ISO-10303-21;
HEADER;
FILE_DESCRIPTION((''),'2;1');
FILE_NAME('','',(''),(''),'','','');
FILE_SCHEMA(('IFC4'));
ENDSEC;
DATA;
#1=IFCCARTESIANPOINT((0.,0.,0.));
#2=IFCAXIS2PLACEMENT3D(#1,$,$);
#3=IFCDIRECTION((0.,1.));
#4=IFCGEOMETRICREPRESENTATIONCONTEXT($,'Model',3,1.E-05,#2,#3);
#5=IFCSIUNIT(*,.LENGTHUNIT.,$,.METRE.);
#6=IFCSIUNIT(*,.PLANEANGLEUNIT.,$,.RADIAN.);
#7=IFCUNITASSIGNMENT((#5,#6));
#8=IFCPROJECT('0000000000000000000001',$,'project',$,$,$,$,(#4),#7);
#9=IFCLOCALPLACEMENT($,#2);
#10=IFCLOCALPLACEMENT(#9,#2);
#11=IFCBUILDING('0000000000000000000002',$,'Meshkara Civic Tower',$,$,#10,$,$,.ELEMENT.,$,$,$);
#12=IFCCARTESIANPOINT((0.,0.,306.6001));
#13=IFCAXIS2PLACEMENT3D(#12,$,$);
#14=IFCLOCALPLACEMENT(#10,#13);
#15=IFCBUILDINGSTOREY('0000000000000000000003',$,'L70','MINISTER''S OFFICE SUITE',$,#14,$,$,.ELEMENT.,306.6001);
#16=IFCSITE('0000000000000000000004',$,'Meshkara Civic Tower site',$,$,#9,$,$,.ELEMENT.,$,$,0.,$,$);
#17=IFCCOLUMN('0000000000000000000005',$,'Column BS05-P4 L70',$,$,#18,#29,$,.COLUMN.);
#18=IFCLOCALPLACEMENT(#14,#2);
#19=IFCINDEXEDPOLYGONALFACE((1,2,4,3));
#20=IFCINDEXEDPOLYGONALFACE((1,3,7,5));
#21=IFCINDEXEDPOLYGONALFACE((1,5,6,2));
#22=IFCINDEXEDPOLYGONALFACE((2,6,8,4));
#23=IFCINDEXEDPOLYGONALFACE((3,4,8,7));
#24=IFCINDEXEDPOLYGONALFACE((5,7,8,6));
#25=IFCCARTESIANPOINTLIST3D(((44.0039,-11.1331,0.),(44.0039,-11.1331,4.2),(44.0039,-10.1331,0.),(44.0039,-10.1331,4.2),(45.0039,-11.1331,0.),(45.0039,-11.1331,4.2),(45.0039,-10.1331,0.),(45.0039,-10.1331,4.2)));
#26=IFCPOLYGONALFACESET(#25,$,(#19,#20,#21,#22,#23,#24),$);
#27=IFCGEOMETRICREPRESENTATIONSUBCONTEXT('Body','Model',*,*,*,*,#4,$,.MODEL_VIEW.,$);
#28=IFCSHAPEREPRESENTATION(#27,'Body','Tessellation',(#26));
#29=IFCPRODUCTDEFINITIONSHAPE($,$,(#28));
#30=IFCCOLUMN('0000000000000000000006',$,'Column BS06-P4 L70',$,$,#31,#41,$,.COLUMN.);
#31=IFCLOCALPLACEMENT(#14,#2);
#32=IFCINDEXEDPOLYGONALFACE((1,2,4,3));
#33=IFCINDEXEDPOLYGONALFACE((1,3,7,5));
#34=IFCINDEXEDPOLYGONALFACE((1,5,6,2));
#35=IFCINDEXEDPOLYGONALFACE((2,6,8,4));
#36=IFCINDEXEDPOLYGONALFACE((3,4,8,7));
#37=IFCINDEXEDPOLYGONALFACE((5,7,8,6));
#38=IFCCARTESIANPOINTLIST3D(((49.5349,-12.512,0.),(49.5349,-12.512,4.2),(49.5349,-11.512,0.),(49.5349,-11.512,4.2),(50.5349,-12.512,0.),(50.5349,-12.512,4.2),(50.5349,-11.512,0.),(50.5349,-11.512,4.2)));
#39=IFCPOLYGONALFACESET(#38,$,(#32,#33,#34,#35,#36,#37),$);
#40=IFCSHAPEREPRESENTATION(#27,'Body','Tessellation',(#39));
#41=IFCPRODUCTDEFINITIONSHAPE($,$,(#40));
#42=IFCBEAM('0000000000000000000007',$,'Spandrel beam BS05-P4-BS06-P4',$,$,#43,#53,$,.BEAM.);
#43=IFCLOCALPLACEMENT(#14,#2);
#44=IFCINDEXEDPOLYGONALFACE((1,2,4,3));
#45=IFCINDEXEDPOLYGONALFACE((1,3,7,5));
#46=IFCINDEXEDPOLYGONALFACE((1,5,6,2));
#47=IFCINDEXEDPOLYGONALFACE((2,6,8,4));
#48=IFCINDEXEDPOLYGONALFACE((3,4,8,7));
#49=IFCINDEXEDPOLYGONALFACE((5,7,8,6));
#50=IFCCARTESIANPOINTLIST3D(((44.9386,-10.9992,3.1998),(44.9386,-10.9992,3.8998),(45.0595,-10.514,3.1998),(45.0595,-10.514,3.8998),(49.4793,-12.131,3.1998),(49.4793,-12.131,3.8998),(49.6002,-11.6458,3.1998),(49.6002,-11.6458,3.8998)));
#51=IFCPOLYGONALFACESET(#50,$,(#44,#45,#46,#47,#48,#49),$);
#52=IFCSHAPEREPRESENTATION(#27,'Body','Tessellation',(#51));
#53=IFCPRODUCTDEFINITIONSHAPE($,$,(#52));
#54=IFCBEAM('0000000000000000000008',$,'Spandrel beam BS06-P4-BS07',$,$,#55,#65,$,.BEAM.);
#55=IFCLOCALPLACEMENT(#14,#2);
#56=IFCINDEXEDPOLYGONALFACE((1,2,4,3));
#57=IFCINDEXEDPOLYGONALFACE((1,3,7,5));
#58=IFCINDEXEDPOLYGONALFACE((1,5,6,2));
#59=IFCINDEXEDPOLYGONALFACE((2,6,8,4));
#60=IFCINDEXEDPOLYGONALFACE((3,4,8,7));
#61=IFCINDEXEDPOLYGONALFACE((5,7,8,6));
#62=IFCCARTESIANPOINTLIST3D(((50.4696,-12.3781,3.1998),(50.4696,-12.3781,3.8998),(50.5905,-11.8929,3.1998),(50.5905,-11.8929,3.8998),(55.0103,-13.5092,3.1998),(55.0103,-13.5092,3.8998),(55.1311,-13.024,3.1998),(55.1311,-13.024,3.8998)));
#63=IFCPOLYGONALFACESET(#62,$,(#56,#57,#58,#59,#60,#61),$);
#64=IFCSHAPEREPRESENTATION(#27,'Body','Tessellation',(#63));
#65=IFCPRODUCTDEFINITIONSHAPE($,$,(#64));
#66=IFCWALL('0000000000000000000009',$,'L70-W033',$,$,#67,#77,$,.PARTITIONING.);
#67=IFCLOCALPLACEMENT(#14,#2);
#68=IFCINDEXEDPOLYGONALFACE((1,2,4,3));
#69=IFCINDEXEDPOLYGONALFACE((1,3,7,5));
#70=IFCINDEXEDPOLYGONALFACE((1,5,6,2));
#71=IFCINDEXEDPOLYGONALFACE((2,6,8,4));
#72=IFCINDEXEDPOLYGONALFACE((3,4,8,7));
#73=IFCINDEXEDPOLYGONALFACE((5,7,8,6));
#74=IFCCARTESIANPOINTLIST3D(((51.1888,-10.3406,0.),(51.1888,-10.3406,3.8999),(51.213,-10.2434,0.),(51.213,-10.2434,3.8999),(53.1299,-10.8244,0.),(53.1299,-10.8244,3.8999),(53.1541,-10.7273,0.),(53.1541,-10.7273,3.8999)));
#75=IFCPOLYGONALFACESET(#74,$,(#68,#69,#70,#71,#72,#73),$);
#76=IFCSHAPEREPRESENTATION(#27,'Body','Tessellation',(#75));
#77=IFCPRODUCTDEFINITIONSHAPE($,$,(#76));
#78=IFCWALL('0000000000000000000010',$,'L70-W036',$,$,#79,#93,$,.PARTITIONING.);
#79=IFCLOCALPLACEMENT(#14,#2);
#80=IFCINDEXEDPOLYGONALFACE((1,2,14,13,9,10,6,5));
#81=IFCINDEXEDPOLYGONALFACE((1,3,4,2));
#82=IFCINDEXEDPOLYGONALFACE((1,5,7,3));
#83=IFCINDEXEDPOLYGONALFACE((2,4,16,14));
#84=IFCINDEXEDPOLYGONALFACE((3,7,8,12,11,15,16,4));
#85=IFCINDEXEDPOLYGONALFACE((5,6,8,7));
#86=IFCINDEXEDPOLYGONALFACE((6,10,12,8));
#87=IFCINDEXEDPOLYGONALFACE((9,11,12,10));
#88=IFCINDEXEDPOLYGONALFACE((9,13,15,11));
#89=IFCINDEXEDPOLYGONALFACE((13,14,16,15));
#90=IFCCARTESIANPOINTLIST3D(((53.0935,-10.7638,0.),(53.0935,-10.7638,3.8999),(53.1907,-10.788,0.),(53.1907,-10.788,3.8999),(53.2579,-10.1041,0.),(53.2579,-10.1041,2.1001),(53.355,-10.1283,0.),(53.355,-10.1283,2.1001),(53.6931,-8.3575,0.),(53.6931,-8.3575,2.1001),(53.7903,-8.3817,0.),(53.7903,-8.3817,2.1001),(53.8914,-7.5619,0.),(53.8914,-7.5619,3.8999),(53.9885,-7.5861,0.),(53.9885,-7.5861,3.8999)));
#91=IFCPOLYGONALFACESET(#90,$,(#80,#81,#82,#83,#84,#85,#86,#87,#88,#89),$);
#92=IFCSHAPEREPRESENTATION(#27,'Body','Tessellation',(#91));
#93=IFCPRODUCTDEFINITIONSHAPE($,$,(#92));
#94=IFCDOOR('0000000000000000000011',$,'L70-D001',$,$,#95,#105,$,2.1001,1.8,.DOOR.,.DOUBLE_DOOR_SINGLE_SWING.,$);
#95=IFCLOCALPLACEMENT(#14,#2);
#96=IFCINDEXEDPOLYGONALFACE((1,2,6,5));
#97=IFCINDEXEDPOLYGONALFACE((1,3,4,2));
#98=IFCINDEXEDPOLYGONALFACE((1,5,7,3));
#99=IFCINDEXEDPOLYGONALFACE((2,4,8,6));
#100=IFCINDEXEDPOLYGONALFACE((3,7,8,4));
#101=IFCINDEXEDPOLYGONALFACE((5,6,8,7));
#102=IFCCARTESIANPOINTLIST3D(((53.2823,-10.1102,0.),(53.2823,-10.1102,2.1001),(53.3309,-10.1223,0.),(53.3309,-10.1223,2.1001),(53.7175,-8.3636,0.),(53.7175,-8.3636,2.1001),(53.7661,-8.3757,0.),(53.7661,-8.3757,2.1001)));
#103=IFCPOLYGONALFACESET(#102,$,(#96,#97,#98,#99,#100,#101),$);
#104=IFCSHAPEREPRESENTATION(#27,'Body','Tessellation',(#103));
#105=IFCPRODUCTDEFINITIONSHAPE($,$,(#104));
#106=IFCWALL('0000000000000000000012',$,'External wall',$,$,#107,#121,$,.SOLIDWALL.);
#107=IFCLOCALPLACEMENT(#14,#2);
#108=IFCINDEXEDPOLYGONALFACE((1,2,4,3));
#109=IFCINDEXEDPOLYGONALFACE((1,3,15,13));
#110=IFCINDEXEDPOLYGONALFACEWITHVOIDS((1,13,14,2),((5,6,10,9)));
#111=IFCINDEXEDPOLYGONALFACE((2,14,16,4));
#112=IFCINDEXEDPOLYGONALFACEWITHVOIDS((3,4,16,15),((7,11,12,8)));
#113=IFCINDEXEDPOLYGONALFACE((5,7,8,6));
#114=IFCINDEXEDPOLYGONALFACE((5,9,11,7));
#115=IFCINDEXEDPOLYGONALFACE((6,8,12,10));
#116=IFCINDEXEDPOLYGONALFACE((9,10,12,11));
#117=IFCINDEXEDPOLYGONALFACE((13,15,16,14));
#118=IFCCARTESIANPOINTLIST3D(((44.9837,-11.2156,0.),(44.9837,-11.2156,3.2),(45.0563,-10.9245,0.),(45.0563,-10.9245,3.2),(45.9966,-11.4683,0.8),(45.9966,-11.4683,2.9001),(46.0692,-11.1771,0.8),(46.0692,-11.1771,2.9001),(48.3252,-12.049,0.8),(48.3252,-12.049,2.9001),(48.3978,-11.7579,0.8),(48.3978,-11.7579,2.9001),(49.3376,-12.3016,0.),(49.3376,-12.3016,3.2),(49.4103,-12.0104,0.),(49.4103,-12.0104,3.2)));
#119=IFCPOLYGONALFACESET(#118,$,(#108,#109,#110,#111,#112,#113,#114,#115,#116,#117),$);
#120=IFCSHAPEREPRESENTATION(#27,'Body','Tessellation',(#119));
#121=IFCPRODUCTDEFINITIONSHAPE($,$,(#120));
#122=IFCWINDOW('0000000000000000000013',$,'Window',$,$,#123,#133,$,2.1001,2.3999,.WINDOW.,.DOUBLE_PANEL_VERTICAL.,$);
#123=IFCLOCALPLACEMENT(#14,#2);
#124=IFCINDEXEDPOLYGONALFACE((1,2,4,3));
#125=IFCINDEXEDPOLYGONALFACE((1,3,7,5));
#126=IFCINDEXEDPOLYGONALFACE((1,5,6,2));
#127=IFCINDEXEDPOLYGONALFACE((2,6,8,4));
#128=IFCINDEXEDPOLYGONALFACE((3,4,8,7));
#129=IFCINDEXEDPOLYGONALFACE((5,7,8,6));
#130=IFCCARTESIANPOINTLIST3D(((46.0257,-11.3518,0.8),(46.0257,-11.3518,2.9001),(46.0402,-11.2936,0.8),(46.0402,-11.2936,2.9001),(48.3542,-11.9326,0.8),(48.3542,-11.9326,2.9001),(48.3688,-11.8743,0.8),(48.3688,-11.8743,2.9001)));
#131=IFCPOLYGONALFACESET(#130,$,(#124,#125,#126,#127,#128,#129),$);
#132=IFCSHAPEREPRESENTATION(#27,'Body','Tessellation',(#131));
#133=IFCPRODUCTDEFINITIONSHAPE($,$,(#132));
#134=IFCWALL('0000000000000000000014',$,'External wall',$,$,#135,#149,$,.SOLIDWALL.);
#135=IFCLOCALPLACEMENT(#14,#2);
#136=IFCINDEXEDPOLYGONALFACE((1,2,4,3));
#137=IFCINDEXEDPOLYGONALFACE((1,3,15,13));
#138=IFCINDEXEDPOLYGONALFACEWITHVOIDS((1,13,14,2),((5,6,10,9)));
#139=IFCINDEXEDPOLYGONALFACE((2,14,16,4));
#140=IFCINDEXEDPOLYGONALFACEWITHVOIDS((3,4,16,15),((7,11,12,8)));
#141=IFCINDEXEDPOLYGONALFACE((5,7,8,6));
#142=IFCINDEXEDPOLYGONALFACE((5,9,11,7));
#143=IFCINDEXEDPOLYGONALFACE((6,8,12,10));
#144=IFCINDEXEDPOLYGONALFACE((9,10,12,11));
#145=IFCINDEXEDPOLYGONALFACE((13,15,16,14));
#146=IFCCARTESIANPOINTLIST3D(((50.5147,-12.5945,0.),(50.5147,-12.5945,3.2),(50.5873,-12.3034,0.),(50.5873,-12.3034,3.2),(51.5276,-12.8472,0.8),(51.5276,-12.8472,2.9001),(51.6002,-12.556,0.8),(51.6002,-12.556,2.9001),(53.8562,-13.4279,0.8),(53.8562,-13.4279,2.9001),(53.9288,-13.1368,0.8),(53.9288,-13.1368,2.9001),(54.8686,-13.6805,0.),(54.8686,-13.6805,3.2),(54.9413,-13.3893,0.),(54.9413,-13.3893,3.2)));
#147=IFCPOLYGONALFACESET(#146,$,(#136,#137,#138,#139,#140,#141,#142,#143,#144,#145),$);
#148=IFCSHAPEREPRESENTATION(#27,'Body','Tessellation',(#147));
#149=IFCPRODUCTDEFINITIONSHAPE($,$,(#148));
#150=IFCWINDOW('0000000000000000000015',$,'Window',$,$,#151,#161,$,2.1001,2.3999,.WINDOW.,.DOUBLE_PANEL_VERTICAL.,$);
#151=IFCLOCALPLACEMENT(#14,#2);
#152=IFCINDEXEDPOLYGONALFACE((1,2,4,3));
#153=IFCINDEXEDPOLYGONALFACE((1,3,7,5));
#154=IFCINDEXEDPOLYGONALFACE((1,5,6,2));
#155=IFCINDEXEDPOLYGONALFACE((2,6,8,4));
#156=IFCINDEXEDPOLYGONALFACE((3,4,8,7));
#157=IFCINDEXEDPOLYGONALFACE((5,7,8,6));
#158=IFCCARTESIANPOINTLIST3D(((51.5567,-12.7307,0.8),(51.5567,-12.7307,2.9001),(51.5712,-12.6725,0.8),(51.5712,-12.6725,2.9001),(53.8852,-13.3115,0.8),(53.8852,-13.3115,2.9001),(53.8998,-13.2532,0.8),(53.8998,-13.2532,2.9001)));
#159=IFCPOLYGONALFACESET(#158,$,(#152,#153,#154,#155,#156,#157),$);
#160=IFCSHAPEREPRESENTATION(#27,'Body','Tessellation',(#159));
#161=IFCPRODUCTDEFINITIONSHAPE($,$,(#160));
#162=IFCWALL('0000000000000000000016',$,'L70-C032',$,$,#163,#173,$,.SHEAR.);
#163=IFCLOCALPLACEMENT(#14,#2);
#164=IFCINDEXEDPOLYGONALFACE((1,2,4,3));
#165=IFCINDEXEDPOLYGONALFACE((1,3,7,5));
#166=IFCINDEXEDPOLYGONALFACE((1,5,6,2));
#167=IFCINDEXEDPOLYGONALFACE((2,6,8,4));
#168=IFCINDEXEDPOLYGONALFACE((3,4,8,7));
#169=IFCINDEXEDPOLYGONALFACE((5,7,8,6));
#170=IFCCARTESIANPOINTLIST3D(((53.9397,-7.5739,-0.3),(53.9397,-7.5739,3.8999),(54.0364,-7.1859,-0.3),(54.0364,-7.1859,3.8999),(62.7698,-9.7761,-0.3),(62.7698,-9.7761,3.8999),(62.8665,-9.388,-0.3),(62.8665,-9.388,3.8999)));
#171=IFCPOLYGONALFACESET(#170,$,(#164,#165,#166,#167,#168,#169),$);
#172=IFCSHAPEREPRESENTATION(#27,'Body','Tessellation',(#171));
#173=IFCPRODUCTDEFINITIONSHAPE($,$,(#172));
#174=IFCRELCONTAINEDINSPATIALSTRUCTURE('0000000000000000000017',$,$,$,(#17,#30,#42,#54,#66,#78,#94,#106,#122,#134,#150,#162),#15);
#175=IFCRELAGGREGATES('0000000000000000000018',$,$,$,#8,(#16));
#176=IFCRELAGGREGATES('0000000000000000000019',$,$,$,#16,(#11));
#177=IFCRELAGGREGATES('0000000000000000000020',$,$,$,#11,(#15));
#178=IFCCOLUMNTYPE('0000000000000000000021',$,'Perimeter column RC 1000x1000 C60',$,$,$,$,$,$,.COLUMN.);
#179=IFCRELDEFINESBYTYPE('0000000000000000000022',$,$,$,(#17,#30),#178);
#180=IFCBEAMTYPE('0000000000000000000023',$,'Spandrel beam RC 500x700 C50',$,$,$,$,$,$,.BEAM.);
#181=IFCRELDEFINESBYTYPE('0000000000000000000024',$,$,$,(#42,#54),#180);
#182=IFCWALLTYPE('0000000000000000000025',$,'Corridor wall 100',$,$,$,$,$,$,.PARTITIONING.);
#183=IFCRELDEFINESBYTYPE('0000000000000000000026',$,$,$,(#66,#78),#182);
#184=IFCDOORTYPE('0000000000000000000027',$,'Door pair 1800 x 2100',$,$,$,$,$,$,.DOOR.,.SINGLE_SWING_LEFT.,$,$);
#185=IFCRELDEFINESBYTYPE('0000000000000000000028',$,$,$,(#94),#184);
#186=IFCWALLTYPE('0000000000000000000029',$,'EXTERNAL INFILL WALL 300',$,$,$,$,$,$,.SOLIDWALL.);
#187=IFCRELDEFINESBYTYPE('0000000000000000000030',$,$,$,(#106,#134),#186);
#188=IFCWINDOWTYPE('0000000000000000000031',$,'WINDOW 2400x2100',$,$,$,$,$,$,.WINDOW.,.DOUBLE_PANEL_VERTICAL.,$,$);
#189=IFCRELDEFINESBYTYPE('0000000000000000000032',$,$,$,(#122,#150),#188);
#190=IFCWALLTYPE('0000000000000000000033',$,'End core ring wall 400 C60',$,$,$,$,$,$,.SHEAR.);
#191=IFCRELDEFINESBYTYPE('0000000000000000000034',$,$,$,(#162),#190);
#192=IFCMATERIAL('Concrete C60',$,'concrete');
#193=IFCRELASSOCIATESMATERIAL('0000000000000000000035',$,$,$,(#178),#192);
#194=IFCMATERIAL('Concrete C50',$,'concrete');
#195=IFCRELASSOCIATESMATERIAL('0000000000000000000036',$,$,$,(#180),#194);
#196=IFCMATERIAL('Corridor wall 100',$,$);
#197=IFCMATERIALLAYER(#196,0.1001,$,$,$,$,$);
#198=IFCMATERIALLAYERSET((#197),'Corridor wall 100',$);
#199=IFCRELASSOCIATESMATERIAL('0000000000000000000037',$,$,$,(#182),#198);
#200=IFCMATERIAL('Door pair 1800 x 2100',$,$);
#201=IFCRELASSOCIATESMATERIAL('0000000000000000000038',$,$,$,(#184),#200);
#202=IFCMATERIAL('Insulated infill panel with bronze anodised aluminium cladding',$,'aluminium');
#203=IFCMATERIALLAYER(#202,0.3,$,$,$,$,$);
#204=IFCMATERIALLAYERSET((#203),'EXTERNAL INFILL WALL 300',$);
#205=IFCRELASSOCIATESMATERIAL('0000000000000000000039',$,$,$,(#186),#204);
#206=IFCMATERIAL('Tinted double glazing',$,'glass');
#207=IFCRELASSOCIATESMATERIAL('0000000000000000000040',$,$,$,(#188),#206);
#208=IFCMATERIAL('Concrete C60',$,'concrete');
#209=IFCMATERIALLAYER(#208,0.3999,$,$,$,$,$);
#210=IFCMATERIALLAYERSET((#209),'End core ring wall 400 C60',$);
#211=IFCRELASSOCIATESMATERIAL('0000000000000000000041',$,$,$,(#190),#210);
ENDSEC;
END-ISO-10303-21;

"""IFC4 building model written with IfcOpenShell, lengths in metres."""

from ifc_helpers import new_model, si_unit, direction, frame, frame_2d, origin, origin_2d, place, context, subcontext, project, spatial, rectangle, extrude, material, layer, layer_set, material_profile, profile_set, type_object, element, fill, save


model = new_model("IFC4")

# Units and contexts
model_context = context("Model", 3, precision=1e-05, world=origin(), true_north=direction((0.0, 1.0)))
body_context = subcontext(model_context, "Body", "Model", "MODEL_VIEW")
ifc_project = project(units=[si_unit("LENGTHUNIT", "METRE"), si_unit("PLANEANGLEUNIT", "RADIAN")], contexts=[model_context])

# Site, building, storey
site_placement = place(None, origin())
site = spatial("IfcSite", under=ifc_project, at=site_placement, Name="Meshkara Civic Tower site", CompositionType="ELEMENT", RefElevation=0.0)
building_placement = place(site_placement, origin())
building = spatial("IfcBuilding", under=site, at=building_placement, Name="Meshkara Civic Tower", CompositionType="ELEMENT")
storey_placement = place(building_placement, frame((0.0, 0.0, 306.6001)))
storey = spatial("IfcBuildingStorey", under=building, at=storey_placement, Name="L70", Description="MINISTER'S OFFICE SUITE", CompositionType="ELEMENT", Elevation=306.6001)

# Columns
ifc_material_1 = material(Name="Concrete C60", Category="concrete")
ifc_material_profile_1 = material_profile(ifc_material_1, rectangle(XDim=1.0, YDim=1.0, at=origin_2d()))
ifc_profile_set_1 = profile_set([ifc_material_profile_1], Name="Concrete C60")
column_type = type_object("IfcColumnType", Name="Perimeter column RC 1000x1000 C60", PredefinedType="COLUMN", material=ifc_profile_set_1)
for number, where, z_axis, x_axis, name in (
    (1, (44.5039, -10.6331, 0.0), (0.0, 0.0, 1.0), (1.0, 0.0, 0.0), "Column BS05-P4 L70"),
    (2, (50.0349, -12.012, 0.0), (0.0, 0.0, 1.0), (1.0, 0.0, 0.0), "Column BS06-P4 L70"),
):
    element("IfcColumn", number, at=place(storey_placement, frame(where, z_axis=z_axis, x_axis=x_axis)), inside=storey, type_object=column_type, Name=name, PredefinedType="COLUMN", context=body_context, shape_type="SweptSolid", body=[
        extrude(rectangle(XDim=1.0, YDim=1.0, at=origin_2d()), origin(), (0.0, 0.0, 1.0), 4.2),
    ])

# Beams
ifc_material_2 = material(Name="Concrete C50", Category="concrete")
ifc_material_profile_2 = material_profile(ifc_material_2, rectangle(XDim=0.5, YDim=0.7, at=origin_2d()))
ifc_profile_set_2 = profile_set([ifc_material_profile_2], Name="Concrete C50")
beam_type = type_object("IfcBeamType", Name="Spandrel beam RC 500x700 C50", PredefinedType="BEAM", material=ifc_profile_set_2)
beam_1_placement = place(storey_placement, frame((44.999, -10.7566, 3.5498), z_axis=(0.970311, -0.24186, 0.0), x_axis=(0.24186, 0.970311, 0.0)))
element("IfcBeam", 3, at=beam_1_placement, inside=storey, type_object=beam_type, Name="Spandrel beam BS05-P4-BS06-P4", PredefinedType="BEAM", context=body_context, shape_type="SweptSolid", body=[
    extrude(rectangle(XDim=0.5, YDim=0.7, at=origin_2d()), origin(), (0.0, 0.0, 1.0), 4.6797),
])
beam_2_placement = place(storey_placement, frame((50.53, -12.1355, 3.5498), z_axis=(0.970348, -0.241713, 0.0), x_axis=(0.241713, 0.970348, 0.0)))
element("IfcBeam", 4, at=beam_2_placement, inside=storey, type_object=beam_type, Name="Spandrel beam BS06-P4-BS07", PredefinedType="BEAM", context=body_context, shape_type="SweptSolid", body=[
    extrude(rectangle(XDim=0.5, YDim=0.7, at=origin_2d()), origin(), (0.0, 0.0, 1.0), 4.6794),
])

# Wall
ifc_material_3 = material(Name="Corridor wall 100")
ifc_layer_1 = layer(ifc_material_3, 0.1001)
ifc_layer_set_1 = layer_set([ifc_layer_1], Name="Corridor wall 100")
wall_type_1 = type_object("IfcWallType", Name="Corridor wall 100", PredefinedType="PARTITIONING", material=ifc_layer_set_1)
wall_1_placement = place(storey_placement, frame((51.2009, -10.292, 0.0), z_axis=(0.0, 0.0, 1.0), x_axis=(0.970307, -0.241875, 0.0)))
element("IfcWall", 5, at=wall_1_placement, inside=storey, type_object=wall_type_1, Name="L70-W033", PredefinedType="PARTITIONING", context=body_context, shape_type="SweptSolid", body=[
    extrude(rectangle(XDim=2.0005, YDim=0.1001, at=frame_2d((1.0002, 0.0))), origin(), (0.0, 0.0, 1.0), 3.8999),
])

# Wall, opening, door
wall_2_placement = place(storey_placement, frame((53.1421, -10.7759, 0.0), z_axis=(0.0, 0.0, 1.0), x_axis=(0.241787, 0.970329, 0.0)))
wall_2 = element("IfcWall", 6, at=wall_2_placement, inside=storey, type_object=wall_type_1, Name="L70-W036", PredefinedType="PARTITIONING", context=body_context, shape_type="SweptSolid", body=[
    extrude(rectangle(XDim=3.2998, YDim=0.1001, at=frame_2d((1.6499, 0.0))), origin(), (0.0, 0.0, 1.0), 3.8999),
])
opening_1_placement = place(wall_2_placement, frame((0.6799, 0.0, 0.0)))
opening_1 = element("IfcOpeningElement", 7, at=opening_1_placement, cuts=wall_2, PredefinedType="OPENING", context=body_context, shape_type="SweptSolid", body=[
    extrude(rectangle(XDim=1.8, YDim=2.1001, at=frame_2d((0.8999, 1.05))), frame((0.0, 0.0601, 0.0), z_axis=(0.0, -1.0, 0.0), x_axis=(1.0, 0.0, 0.0)), (0.0, 0.0, 1.0), 0.1201),
])
ifc_material_4 = material(Name="Door pair 1800 x 2100")
door_type_1 = type_object("IfcDoorType", Name="Door pair 1800 x 2100", OperationType="SINGLE_SWING_LEFT", PredefinedType="DOOR", material=ifc_material_4)
door_1_placement = place(opening_1_placement, origin())
door_1 = element("IfcDoor", 8, at=door_1_placement, inside=storey, type_object=door_type_1, Name="L70-D001", OperationType="DOUBLE_DOOR_SINGLE_SWING", OverallHeight=2.1001, OverallWidth=1.8, PredefinedType="DOOR", context=body_context, shape_type="SweptSolid", body=[
    extrude(rectangle(XDim=1.8, YDim=2.1001, at=frame_2d((0.8999, 1.05))), frame((0.0, 0.0249, 0.0), z_axis=(0.0, -1.0, 0.0), x_axis=(1.0, 0.0, 0.0)), (0.0, 0.0, 1.0), 0.05),
])
fill(opening_1, door_1)

# Walls, openings, windows
ifc_material_5 = material(Name="Insulated infill panel with bronze anodised aluminium cladding", Category="aluminium")
ifc_layer_2 = layer(ifc_material_5, 0.3)
ifc_layer_set_2 = layer_set([ifc_layer_2], Name="EXTERNAL INFILL WALL 300")
wall_type_2 = type_object("IfcWallType", Name="EXTERNAL INFILL WALL 300", PredefinedType="SOLIDWALL", material=ifc_layer_set_2)
wall_3_placement = place(storey_placement, frame((45.02, -11.0701, 0.0), z_axis=(0.0, 0.0, 1.0), x_axis=(0.970277, -0.241998, 0.0)))
wall_3 = element("IfcWall", 9, at=wall_3_placement, inside=storey, type_object=wall_type_2, Name="External wall", PredefinedType="SOLIDWALL", context=body_context, shape_type="SweptSolid", body=[
    extrude(rectangle(XDim=4.4873, YDim=0.3, at=frame_2d((2.2437, 0.0))), origin(), (0.0, 0.0, 1.0), 3.2),
])
opening_2_placement = place(wall_3_placement, frame((1.0439, 0.0, 0.8)))
opening_2 = element("IfcOpeningElement", 10, at=opening_2_placement, cuts=wall_3, PredefinedType="OPENING", context=body_context, shape_type="SweptSolid", body=[
    extrude(rectangle(XDim=2.3999, YDim=2.1001, at=frame_2d((1.2, 1.05))), frame((0.0, 0.1599, 0.0), z_axis=(0.0, -1.0, 0.0), x_axis=(1.0, 0.0, 0.0)), (0.0, 0.0, 1.0), 0.3201),
])
ifc_material_6 = material(Name="Tinted double glazing", Category="glass")
window_type = type_object("IfcWindowType", Name="WINDOW 2400x2100", PartitioningType="DOUBLE_PANEL_VERTICAL", PredefinedType="WINDOW", material=ifc_material_6)
window_1_placement = place(opening_2_placement, origin())
window_1 = element("IfcWindow", 11, at=window_1_placement, inside=storey, type_object=window_type, Name="Window", OverallHeight=2.1001, OverallWidth=2.3999, PartitioningType="DOUBLE_PANEL_VERTICAL", PredefinedType="WINDOW", context=body_context, shape_type="SweptSolid", body=[
    extrude(rectangle(XDim=2.3999, YDim=2.1001, at=frame_2d((1.2, 1.05))), frame((0.0, 0.03, 0.0), z_axis=(0.0, -1.0, 0.0), x_axis=(1.0, 0.0, 0.0)), (0.0, 0.0, 1.0), 0.0601),
])
fill(opening_2, window_1)
wall_4_placement = place(storey_placement, frame((50.551, -12.449, 0.0), z_axis=(0.0, 0.0, 1.0), x_axis=(0.970277, -0.241998, 0.0)))
wall_4 = element("IfcWall", 12, at=wall_4_placement, inside=storey, type_object=wall_type_2, Name="External wall", PredefinedType="SOLIDWALL", context=body_context, shape_type="SweptSolid", body=[
    extrude(rectangle(XDim=4.4873, YDim=0.3, at=frame_2d((2.2437, 0.0))), origin(), (0.0, 0.0, 1.0), 3.2),
])
opening_3_placement = place(wall_4_placement, frame((1.0439, 0.0, 0.8)))
opening_3 = element("IfcOpeningElement", 13, at=opening_3_placement, cuts=wall_4, PredefinedType="OPENING", context=body_context, shape_type="SweptSolid", body=[
    extrude(rectangle(XDim=2.3999, YDim=2.1001, at=frame_2d((1.2, 1.05))), frame((0.0, 0.1599, 0.0), z_axis=(0.0, -1.0, 0.0), x_axis=(1.0, 0.0, 0.0)), (0.0, 0.0, 1.0), 0.3201),
])
window_2_placement = place(opening_3_placement, origin())
window_2 = element("IfcWindow", 14, at=window_2_placement, inside=storey, type_object=window_type, Name="Window", OverallHeight=2.1001, OverallWidth=2.3999, PartitioningType="DOUBLE_PANEL_VERTICAL", PredefinedType="WINDOW", context=body_context, shape_type="SweptSolid", body=[
    extrude(rectangle(XDim=2.3999, YDim=2.1001, at=frame_2d((1.2, 1.05))), frame((0.0, 0.03, 0.0), z_axis=(0.0, -1.0, 0.0), x_axis=(1.0, 0.0, 0.0)), (0.0, 0.0, 1.0), 0.0601),
])
fill(opening_3, window_2)

# Wall
ifc_material_7 = material(Name="Concrete C60", Category="concrete")
ifc_layer_3 = layer(ifc_material_7, 0.3999)
ifc_layer_set_3 = layer_set([ifc_layer_3], Name="End core ring wall 400 C60")
wall_type_3 = type_object("IfcWallType", Name="End core ring wall 400 C60", PredefinedType="SHEAR", material=ifc_layer_set_3)
wall_5_placement = place(storey_placement, frame((53.988, -7.3799, -0.3), z_axis=(0.0, 0.0, 1.0), x_axis=(0.970281, -0.24198, 0.0)))
element("IfcWall", 15, at=wall_5_placement, inside=storey, type_object=wall_type_3, Name="L70-C032", PredefinedType="SHEAR", context=body_context, shape_type="SweptSolid", body=[
    extrude(rectangle(XDim=9.1006, YDim=0.3999, at=frame_2d((4.5503, 0.0))), origin(), (0.0, 0.0, 1.0), 4.2),
])

save(model, "model.ifc")
